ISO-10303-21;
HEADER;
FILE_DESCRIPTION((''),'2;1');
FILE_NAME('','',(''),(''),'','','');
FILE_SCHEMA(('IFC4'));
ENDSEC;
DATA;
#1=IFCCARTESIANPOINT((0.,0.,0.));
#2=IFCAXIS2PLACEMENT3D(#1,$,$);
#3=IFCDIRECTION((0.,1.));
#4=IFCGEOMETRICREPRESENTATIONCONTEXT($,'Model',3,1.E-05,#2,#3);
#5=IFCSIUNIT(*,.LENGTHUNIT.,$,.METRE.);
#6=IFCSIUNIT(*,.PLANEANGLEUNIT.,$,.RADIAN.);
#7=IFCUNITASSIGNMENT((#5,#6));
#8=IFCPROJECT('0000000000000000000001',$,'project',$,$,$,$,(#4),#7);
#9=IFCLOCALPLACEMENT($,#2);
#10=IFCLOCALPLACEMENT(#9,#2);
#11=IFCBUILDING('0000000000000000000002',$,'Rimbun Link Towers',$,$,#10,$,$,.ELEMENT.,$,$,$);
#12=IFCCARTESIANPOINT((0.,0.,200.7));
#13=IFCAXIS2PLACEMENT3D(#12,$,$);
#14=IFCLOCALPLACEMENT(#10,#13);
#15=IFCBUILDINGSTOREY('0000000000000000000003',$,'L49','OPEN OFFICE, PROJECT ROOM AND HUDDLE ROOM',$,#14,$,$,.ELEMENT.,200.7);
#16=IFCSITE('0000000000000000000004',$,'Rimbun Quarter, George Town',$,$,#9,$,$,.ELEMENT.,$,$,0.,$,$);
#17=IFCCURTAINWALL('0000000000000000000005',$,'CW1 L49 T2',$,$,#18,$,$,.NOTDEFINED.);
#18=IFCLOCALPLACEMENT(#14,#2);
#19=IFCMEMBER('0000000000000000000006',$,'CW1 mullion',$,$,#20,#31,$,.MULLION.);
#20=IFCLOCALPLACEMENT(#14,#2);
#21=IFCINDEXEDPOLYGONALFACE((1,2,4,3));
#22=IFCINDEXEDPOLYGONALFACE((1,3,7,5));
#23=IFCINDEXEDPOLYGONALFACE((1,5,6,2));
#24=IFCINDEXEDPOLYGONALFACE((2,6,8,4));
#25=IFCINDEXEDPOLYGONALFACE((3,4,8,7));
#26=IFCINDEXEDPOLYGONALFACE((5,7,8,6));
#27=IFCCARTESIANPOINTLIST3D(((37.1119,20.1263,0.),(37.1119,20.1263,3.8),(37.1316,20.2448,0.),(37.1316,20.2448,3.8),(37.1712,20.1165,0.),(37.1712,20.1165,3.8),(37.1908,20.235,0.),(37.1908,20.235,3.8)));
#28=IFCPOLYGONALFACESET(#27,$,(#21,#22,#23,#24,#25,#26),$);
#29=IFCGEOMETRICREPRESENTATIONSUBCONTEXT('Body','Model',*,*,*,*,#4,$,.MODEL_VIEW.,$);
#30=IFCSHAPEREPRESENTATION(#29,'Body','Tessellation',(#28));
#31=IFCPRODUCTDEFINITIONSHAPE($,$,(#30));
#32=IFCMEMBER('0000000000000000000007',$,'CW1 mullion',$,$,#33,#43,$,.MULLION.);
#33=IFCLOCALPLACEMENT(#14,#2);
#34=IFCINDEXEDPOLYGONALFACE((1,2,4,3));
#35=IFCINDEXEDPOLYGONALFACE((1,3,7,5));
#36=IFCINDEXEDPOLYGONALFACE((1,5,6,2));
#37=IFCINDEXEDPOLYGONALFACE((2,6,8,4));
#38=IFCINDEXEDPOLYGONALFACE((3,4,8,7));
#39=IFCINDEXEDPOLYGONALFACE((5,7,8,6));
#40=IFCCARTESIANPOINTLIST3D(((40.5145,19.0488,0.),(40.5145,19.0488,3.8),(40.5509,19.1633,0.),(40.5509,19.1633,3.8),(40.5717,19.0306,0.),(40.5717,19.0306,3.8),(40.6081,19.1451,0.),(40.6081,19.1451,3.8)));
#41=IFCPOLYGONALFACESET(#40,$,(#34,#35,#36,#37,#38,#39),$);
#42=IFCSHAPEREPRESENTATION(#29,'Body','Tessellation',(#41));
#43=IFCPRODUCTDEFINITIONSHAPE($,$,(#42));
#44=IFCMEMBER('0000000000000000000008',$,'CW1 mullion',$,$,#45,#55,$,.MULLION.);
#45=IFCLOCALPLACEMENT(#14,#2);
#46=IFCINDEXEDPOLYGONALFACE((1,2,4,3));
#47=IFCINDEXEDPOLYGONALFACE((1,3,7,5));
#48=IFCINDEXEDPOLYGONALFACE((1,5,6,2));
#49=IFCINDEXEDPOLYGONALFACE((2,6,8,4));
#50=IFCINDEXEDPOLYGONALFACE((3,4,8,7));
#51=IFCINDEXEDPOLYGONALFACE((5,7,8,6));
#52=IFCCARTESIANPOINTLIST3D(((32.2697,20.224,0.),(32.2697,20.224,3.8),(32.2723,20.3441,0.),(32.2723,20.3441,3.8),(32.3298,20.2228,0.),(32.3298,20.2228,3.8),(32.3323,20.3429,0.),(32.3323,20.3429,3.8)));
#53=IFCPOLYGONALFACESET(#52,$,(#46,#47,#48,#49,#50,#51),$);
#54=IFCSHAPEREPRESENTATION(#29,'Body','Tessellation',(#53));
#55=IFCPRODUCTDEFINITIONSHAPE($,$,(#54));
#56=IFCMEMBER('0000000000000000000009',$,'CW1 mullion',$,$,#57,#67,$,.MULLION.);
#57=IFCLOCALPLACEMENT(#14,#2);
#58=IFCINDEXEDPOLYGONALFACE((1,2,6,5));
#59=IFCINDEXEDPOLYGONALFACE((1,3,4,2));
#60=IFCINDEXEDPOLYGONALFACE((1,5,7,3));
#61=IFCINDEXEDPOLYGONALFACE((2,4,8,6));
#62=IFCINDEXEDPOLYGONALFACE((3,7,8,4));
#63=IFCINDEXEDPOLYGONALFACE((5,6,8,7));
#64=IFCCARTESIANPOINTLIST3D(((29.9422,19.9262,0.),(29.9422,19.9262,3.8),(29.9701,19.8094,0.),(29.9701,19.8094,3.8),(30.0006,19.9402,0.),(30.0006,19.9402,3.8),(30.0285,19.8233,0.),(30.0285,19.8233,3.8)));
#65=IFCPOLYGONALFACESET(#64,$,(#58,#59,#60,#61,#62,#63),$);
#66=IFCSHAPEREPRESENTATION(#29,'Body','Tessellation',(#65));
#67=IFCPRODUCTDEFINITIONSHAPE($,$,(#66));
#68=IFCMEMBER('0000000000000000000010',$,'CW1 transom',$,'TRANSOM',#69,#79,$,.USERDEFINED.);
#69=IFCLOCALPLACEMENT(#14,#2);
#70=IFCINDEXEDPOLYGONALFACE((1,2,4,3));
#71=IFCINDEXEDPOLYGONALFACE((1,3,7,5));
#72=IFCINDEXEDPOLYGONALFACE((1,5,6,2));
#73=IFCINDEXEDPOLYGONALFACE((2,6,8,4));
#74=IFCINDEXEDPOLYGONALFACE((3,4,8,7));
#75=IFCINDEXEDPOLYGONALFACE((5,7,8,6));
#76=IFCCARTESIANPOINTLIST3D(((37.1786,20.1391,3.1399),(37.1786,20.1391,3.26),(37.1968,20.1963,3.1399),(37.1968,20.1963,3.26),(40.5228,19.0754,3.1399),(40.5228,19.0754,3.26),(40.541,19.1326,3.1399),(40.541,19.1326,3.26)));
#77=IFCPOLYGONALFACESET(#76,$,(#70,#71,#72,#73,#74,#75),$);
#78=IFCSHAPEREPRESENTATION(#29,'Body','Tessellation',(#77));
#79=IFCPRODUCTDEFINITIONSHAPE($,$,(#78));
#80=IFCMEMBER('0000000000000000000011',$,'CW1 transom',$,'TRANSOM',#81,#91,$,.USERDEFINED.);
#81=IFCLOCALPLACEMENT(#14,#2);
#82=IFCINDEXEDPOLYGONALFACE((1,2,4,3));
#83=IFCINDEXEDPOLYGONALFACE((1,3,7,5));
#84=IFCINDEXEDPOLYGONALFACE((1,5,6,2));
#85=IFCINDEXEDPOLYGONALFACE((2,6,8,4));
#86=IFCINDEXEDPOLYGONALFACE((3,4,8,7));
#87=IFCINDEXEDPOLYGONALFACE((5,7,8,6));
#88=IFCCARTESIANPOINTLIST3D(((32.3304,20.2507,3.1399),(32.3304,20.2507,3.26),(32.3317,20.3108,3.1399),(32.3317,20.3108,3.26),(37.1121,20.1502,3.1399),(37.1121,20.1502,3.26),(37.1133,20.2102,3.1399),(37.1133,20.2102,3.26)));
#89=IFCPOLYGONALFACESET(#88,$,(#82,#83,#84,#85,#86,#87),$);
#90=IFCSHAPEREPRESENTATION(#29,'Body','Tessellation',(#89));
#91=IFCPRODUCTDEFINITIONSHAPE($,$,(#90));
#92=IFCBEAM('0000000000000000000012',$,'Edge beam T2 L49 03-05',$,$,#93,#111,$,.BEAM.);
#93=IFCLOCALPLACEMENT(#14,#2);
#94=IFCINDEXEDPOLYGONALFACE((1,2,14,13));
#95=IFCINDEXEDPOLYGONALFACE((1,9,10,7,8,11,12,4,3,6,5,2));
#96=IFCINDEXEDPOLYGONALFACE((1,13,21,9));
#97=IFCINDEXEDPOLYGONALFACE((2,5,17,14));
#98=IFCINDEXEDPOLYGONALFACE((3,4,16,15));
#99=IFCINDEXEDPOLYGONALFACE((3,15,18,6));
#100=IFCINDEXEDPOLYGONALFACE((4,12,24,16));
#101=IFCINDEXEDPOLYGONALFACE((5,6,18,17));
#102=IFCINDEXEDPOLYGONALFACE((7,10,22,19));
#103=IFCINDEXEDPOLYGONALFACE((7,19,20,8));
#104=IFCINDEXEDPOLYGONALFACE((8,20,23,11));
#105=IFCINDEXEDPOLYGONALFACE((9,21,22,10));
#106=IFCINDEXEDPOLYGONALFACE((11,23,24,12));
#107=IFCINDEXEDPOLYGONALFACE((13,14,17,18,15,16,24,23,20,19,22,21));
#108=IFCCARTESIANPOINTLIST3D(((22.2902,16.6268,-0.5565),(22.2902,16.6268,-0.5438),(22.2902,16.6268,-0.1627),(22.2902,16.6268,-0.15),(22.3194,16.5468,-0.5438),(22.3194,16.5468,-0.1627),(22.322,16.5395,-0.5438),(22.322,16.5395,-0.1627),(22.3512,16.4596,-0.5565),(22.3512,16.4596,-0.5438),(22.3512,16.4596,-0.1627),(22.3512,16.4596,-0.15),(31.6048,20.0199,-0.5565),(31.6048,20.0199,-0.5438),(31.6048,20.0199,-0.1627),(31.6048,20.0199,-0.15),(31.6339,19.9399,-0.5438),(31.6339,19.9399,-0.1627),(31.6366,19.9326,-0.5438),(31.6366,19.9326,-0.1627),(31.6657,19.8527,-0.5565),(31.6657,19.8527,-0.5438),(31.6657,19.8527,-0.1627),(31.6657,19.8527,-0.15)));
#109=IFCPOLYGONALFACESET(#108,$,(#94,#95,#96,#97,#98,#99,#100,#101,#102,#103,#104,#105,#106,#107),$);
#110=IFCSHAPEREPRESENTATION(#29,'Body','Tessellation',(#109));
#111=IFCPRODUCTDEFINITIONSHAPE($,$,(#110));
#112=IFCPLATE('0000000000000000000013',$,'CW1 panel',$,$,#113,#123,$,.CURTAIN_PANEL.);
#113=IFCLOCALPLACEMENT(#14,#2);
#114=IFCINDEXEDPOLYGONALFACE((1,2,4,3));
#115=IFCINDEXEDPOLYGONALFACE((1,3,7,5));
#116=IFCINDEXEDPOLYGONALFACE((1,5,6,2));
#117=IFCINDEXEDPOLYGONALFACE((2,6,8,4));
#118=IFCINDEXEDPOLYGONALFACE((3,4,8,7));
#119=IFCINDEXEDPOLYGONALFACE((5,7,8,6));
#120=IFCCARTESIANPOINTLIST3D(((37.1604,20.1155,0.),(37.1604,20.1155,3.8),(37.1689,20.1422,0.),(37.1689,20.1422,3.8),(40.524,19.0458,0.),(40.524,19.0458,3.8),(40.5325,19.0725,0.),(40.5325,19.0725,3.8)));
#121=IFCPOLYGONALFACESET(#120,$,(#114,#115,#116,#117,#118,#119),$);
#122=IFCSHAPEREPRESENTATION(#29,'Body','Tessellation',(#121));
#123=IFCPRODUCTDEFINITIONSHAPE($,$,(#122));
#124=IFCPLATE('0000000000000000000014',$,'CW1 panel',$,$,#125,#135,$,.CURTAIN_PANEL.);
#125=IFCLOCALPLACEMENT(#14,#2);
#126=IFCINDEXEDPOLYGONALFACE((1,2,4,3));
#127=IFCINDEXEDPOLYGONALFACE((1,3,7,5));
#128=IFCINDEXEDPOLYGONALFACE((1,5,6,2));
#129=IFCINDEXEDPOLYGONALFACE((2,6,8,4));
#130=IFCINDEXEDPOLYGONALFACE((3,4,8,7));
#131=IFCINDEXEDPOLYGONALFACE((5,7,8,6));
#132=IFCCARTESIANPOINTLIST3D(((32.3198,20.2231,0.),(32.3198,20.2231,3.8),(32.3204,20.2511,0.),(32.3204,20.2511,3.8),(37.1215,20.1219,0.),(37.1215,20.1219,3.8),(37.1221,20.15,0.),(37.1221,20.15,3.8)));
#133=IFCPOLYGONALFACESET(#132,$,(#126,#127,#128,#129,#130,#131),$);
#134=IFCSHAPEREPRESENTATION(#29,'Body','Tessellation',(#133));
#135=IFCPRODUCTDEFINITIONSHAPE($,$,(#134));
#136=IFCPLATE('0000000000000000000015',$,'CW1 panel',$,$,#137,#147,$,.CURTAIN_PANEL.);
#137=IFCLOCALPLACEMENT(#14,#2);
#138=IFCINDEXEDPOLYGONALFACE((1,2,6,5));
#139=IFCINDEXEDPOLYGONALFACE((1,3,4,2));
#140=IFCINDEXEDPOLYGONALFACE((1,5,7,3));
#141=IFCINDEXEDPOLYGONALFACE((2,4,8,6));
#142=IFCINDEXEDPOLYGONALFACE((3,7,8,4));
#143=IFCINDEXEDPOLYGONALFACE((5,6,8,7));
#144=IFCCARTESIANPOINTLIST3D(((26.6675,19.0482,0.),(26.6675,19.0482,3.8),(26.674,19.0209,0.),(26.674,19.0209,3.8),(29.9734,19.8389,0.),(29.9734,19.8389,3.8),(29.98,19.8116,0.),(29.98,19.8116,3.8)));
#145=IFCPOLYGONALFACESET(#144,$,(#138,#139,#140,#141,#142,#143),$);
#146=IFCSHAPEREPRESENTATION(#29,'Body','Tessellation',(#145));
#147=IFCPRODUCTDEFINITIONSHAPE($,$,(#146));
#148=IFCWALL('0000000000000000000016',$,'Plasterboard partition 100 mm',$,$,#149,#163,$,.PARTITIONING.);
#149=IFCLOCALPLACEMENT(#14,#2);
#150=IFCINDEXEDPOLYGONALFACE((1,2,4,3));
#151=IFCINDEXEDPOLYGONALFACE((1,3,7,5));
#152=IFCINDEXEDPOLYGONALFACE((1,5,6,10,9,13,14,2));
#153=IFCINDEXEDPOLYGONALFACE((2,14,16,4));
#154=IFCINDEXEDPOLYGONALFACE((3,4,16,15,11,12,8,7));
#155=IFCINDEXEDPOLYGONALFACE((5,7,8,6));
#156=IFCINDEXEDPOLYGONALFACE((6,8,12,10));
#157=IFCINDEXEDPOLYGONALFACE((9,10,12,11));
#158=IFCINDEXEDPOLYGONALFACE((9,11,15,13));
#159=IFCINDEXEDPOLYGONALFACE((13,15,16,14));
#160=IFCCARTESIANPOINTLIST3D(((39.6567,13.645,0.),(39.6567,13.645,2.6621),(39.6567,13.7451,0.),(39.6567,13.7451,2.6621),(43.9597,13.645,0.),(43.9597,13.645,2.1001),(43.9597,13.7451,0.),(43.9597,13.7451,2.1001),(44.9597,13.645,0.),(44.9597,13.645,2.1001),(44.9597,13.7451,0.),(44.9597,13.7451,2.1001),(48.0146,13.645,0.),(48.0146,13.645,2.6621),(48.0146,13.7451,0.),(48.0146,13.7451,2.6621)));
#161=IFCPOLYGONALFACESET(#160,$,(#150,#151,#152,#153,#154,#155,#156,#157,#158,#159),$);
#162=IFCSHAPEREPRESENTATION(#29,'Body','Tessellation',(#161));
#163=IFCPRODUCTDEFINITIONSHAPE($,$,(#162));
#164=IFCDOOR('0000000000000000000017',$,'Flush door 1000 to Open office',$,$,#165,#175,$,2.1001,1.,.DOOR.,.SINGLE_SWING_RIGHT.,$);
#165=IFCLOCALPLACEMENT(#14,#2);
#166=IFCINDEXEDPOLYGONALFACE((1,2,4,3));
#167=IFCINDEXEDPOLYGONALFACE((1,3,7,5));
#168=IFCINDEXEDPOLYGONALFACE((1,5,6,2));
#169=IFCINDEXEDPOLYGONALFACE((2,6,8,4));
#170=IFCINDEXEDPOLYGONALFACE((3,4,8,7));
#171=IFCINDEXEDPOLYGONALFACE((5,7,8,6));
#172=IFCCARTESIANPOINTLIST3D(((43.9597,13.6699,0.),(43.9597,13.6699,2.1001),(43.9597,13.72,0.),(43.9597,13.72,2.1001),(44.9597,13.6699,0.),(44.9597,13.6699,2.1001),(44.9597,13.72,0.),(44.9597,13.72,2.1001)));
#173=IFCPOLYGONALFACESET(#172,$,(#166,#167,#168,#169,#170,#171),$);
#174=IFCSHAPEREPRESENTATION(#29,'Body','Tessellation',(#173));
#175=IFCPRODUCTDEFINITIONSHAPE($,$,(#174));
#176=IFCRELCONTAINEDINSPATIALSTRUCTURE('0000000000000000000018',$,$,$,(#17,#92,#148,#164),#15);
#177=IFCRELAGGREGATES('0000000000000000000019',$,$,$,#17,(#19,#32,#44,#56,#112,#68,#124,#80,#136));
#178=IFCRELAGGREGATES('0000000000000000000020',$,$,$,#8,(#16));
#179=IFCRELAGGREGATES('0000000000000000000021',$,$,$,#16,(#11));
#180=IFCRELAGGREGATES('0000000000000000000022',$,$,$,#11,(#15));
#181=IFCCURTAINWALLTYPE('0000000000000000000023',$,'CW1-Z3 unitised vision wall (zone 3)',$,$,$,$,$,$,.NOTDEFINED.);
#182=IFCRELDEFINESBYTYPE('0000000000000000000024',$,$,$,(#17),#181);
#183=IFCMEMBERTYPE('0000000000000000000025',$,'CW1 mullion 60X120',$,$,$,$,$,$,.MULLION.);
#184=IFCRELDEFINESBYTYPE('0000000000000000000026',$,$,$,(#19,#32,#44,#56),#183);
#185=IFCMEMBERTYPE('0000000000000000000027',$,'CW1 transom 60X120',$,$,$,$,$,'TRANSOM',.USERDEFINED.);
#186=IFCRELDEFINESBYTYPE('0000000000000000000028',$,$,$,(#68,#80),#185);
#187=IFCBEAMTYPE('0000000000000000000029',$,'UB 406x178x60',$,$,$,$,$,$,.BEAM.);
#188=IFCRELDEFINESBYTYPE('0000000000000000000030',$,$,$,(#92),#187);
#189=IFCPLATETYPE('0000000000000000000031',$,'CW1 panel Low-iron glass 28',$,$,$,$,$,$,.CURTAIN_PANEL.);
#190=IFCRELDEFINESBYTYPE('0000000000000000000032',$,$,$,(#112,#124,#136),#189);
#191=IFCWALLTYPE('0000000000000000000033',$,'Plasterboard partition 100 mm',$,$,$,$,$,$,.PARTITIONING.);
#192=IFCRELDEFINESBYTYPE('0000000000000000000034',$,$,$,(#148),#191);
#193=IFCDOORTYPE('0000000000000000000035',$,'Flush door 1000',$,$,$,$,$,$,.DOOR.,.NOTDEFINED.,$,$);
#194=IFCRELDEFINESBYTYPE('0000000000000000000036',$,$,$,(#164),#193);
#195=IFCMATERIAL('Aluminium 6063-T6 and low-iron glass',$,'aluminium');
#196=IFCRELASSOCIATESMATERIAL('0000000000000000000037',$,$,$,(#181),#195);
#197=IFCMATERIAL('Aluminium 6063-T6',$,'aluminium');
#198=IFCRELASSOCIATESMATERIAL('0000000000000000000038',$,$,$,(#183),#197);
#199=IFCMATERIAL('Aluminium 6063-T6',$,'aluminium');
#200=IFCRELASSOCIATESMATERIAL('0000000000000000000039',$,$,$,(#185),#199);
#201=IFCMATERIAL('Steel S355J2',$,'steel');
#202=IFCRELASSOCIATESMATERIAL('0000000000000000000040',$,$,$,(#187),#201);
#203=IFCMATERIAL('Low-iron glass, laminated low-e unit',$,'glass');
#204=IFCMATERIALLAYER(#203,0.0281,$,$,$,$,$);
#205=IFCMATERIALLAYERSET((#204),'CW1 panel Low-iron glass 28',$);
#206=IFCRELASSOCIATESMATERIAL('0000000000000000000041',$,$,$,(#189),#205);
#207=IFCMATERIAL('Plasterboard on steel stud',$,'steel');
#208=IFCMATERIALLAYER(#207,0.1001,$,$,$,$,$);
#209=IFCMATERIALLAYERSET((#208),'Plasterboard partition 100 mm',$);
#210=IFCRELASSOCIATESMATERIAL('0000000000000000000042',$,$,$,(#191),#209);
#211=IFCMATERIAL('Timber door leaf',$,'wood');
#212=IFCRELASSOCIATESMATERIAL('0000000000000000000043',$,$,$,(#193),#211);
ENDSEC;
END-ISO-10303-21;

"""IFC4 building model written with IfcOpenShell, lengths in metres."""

from ifc_helpers import new_model, si_unit, direction, frame, frame_2d, origin, origin_2d, place, context, subcontext, project, spatial, rectangle, i_section, extrude, material, layer, layer_set, material_profile, profile_set, type_object, element, fill, aggregate, save


model = new_model("IFC4")

# Units and contexts
model_context = context("Model", 3, precision=1e-05, world=origin(), true_north=direction((0.0, 1.0)))
body_context = subcontext(model_context, "Body", "Model", "MODEL_VIEW")
ifc_project = project(units=[si_unit("LENGTHUNIT", "METRE"), si_unit("PLANEANGLEUNIT", "RADIAN")], contexts=[model_context])

# Site, building, storey
site_placement = place(None, origin())
site = spatial("IfcSite", under=ifc_project, at=site_placement, Name="Rimbun Quarter, George Town", CompositionType="ELEMENT", RefElevation=0.0)
building_placement = place(site_placement, origin())
building = spatial("IfcBuilding", under=site, at=building_placement, Name="Rimbun Link Towers", CompositionType="ELEMENT")
storey_placement = place(building_placement, frame((0.0, 0.0, 200.7)))
storey = spatial("IfcBuildingStorey", under=building, at=storey_placement, Name="L49", Description="OPEN OFFICE, PROJECT ROOM AND HUDDLE ROOM", CompositionType="ELEMENT", Elevation=200.7)

# Curtain wall, members
ifc_material_1 = material(Name="Aluminium 6063-T6 and low-iron glass", Category="aluminium")
curtain_wall_type = type_object("IfcCurtainWallType", Name="CW1-Z3 unitised vision wall (zone 3)", PredefinedType="NOTDEFINED", material=ifc_material_1)
curtain_wall_placement = place(storey_placement, origin())
curtain_wall = element("IfcCurtainWall", 1, at=curtain_wall_placement, inside=storey, type_object=curtain_wall_type, Name="CW1 L49 T2", PredefinedType="NOTDEFINED")
ifc_material_2 = material(Name="Aluminium 6063-T6", Category="aluminium")
ifc_material_profile_1 = material_profile(ifc_material_2, rectangle(XDim=0.1201, YDim=0.0601, at=origin_2d()), Name="MULLION 60X120")
ifc_profile_set_1 = profile_set([ifc_material_profile_1], Name="Aluminium 6063-T6")
member_type_1 = type_object("IfcMemberType", Name="CW1 mullion 60X120", PredefinedType="MULLION", material=ifc_profile_set_1)
member_1_placement = place(storey_placement, frame((37.1514, 20.1807, 0.0), z_axis=(0.0, 0.0, 1.0), x_axis=(0.16375, 0.986502, 0.0)))
member_1 = element("IfcMember", 2, at=member_1_placement, type_object=member_type_1, Name="CW1 mullion", PredefinedType="MULLION", context=body_context, shape_type="SweptSolid", body=[
    extrude(rectangle(XDim=0.1201, YDim=0.0601, at=origin_2d()), origin(), (0.0, 0.0, 1.0), 3.8),
])
member_2_placement = place(storey_placement, frame((40.5613, 19.0969, 0.0), z_axis=(0.0, 0.0, 1.0), x_axis=(0.303071, 0.952968, 0.0)))
member_2 = element("IfcMember", 3, at=member_2_placement, type_object=member_type_1, Name="CW1 mullion", PredefinedType="MULLION", context=body_context, shape_type="SweptSolid", body=[
    extrude(rectangle(XDim=0.1201, YDim=0.0601, at=origin_2d()), origin(), (0.0, 0.0, 1.0), 3.8),
])
member_3_placement = place(storey_placement, frame((32.301, 20.2834, 0.0), z_axis=(0.0, 0.0, 1.0), x_axis=(0.021066, 0.999778, 0.0)))
member_3 = element("IfcMember", 4, at=member_3_placement, type_object=member_type_1, Name="CW1 mullion", PredefinedType="MULLION", context=body_context, shape_type="SweptSolid", body=[
    extrude(rectangle(XDim=0.1201, YDim=0.0601, at=origin_2d()), origin(), (0.0, 0.0, 1.0), 3.8),
])
member_4_placement = place(storey_placement, frame((29.9854, 19.8748, 0.0), z_axis=(0.0, 0.0, 1.0), x_axis=(-0.232616, 0.972569, 0.0)))
member_4 = element("IfcMember", 5, at=member_4_placement, type_object=member_type_1, Name="CW1 mullion", PredefinedType="MULLION", context=body_context, shape_type="SweptSolid", body=[
    extrude(rectangle(XDim=0.1201, YDim=0.0601, at=origin_2d()), origin(), (0.0, 0.0, 1.0), 3.8),
])
ifc_material_3 = material(Name="Aluminium 6063-T6", Category="aluminium")
ifc_material_profile_2 = material_profile(ifc_material_3, rectangle(XDim=0.0601, YDim=0.1201, at=origin_2d()), Name="TRANSOM 60X120")
ifc_profile_set_2 = profile_set([ifc_material_profile_2], Name="Aluminium 6063-T6")
member_type_2 = type_object("IfcMemberType", Name="CW1 transom 60X120", ElementType="TRANSOM", PredefinedType="USERDEFINED", material=ifc_profile_set_2)
member_5_placement = place(storey_placement, frame((37.1877, 20.1677, 3.2), z_axis=(0.952955, -0.303112, 0.0), x_axis=(0.303112, 0.952955, 0.0)))
member_5 = element("IfcMember", 6, at=member_5_placement, type_object=member_type_2, Name="CW1 transom", ObjectType="TRANSOM", PredefinedType="USERDEFINED", context=body_context, shape_type="SweptSolid", body=[
    extrude(rectangle(XDim=0.0601, YDim=0.1201, at=origin_2d()), origin(), (0.0, 0.0, 1.0), 3.5093),
])
member_6_placement = place(storey_placement, frame((32.3311, 20.2808, 3.2), z_axis=(0.999779, -0.021031, 0.0), x_axis=(0.021031, 0.999779, 0.0)))
member_6 = element("IfcMember", 7, at=member_6_placement, type_object=member_type_2, Name="CW1 transom", ObjectType="TRANSOM", PredefinedType="USERDEFINED", context=body_context, shape_type="SweptSolid", body=[
    extrude(rectangle(XDim=0.0601, YDim=0.1201, at=origin_2d()), origin(), (0.0, 0.0, 1.0), 4.7827),
])

# Beam
ifc_material_4 = material(Name="Steel S355J2", Category="steel")
ifc_material_profile_3 = material_profile(ifc_material_4, i_section(OverallWidth=0.178, OverallDepth=0.4065, WebThickness=0.0078, FlangeThickness=0.0127, at=origin_2d()), Name="UB 406x178x60")
ifc_profile_set_3 = profile_set([ifc_material_profile_3], Name="Steel S355J2")
beam_type = type_object("IfcBeamType", Name="UB 406x178x60", PredefinedType="BEAM", material=ifc_profile_set_3)
beam_placement = place(storey_placement, frame((31.6353, 19.9363, -0.3533), z_axis=(-0.939599, -0.342277, 0.0), x_axis=(0.342277, -0.939599, 0.0)))
element("IfcBeam", 8, at=beam_placement, inside=storey, type_object=beam_type, Name="Edge beam T2 L49 03-05", PredefinedType="BEAM", context=body_context, shape_type="SweptSolid", body=[
    extrude(i_section(OverallWidth=0.178, OverallDepth=0.4065, WebThickness=0.0078, FlangeThickness=0.0127, at=origin_2d()), origin(), (0.0, 0.0, 1.0), 9.9133),
])

# Plates
ifc_material_5 = material(Name="Low-iron glass, laminated low-e unit", Category="glass")
ifc_layer_1 = layer(ifc_material_5, 0.0281)
ifc_layer_set_1 = layer_set([ifc_layer_1], Name="CW1 panel Low-iron glass 28")
plate_type = type_object("IfcPlateType", Name="CW1 panel Low-iron glass 28", PredefinedType="CURTAIN_PANEL", material=ifc_layer_set_1)
plate_1_placement = place(storey_placement, frame((38.8464, 19.594, 0.0), z_axis=(0.0, 0.0, 1.0), x_axis=(0.952968, -0.303071, 0.0)))
plate_1 = element("IfcPlate", 9, at=plate_1_placement, type_object=plate_type, Name="CW1 panel", PredefinedType="CURTAIN_PANEL", context=body_context, shape_type="SweptSolid", body=[
    extrude(rectangle(XDim=3.5295, YDim=0.0281, at=origin_2d()), origin(), (0.0, 0.0, 1.0), 3.8),
])
plate_2_placement = place(storey_placement, frame((34.7209, 20.1865, 0.0), z_axis=(0.0, 0.0, 1.0), x_axis=(0.999778, -0.021066, 0.0)))
plate_2 = element("IfcPlate", 10, at=plate_2_placement, type_object=plate_type, Name="CW1 panel", PredefinedType="CURTAIN_PANEL", context=body_context, shape_type="SweptSolid", body=[
    extrude(rectangle(XDim=4.8027, YDim=0.0281, at=origin_2d()), origin(), (0.0, 0.0, 1.0), 3.8),
])
plate_3_placement = place(storey_placement, frame((28.3237, 19.4299, 0.0), z_axis=(0.0, 0.0, 1.0), x_axis=(0.972569, 0.232616, 0.0)))
plate_3 = element("IfcPlate", 11, at=plate_3_placement, type_object=plate_type, Name="CW1 panel", PredefinedType="CURTAIN_PANEL", context=body_context, shape_type="SweptSolid", body=[
    extrude(rectangle(XDim=3.3992, YDim=0.0281, at=origin_2d()), origin(), (0.0, 0.0, 1.0), 3.8),
])
aggregate(curtain_wall, [member_1, member_2, member_3, member_4, plate_1, member_5, plate_2, member_6, plate_3])

# Wall, opening, door
ifc_material_6 = material(Name="Plasterboard on steel stud", Category="steel")
ifc_layer_2 = layer(ifc_material_6, 0.1001)
ifc_layer_set_2 = layer_set([ifc_layer_2], Name="Plasterboard partition 100 mm")
wall_type = type_object("IfcWallType", Name="Plasterboard partition 100 mm", PredefinedType="PARTITIONING", material=ifc_layer_set_2)
wall_placement = place(storey_placement, frame((39.6567, 13.6951, 0.0), z_axis=(0.0, 0.0, 1.0), x_axis=(1.0, 0.0, 0.0)))
wall = element("IfcWall", 12, at=wall_placement, inside=storey, type_object=wall_type, Name="Plasterboard partition 100 mm", PredefinedType="PARTITIONING", context=body_context, shape_type="SweptSolid", body=[
    extrude(rectangle(XDim=8.3579, YDim=0.1001, at=frame_2d((4.179, 0.0))), origin(), (0.0, 0.0, 1.0), 2.6621),
])
opening_placement = place(wall_placement, frame((4.303, 0.0, 0.0)))
opening = element("IfcOpeningElement", 13, at=opening_placement, cuts=wall, PredefinedType="OPENING", context=body_context, shape_type="SweptSolid", body=[
    extrude(rectangle(XDim=1.0, YDim=2.1001, at=frame_2d((0.5, 1.05))), frame((0.0, 0.0601, 0.0), z_axis=(0.0, -1.0, 0.0), x_axis=(1.0, 0.0, 0.0)), (0.0, 0.0, 1.0), 0.1201),
])
ifc_material_7 = material(Name="Timber door leaf", Category="wood")
door_type = type_object("IfcDoorType", Name="Flush door 1000", OperationType="NOTDEFINED", PredefinedType="DOOR", material=ifc_material_7)
door_placement = place(opening_placement, origin())
door = element("IfcDoor", 14, at=door_placement, inside=storey, type_object=door_type, Name="Flush door 1000 to Open office", OperationType="SINGLE_SWING_RIGHT", OverallHeight=2.1001, OverallWidth=1.0, PredefinedType="DOOR", context=body_context, shape_type="SweptSolid", body=[
    extrude(rectangle(XDim=1.0, YDim=2.1001, at=frame_2d((0.5, 1.05))), frame((0.0, 0.0249, 0.0), z_axis=(0.0, -1.0, 0.0), x_axis=(1.0, 0.0, 0.0)), (0.0, 0.0, 1.0), 0.05),
])
fill(opening, door)

save(model, "model.ifc")
